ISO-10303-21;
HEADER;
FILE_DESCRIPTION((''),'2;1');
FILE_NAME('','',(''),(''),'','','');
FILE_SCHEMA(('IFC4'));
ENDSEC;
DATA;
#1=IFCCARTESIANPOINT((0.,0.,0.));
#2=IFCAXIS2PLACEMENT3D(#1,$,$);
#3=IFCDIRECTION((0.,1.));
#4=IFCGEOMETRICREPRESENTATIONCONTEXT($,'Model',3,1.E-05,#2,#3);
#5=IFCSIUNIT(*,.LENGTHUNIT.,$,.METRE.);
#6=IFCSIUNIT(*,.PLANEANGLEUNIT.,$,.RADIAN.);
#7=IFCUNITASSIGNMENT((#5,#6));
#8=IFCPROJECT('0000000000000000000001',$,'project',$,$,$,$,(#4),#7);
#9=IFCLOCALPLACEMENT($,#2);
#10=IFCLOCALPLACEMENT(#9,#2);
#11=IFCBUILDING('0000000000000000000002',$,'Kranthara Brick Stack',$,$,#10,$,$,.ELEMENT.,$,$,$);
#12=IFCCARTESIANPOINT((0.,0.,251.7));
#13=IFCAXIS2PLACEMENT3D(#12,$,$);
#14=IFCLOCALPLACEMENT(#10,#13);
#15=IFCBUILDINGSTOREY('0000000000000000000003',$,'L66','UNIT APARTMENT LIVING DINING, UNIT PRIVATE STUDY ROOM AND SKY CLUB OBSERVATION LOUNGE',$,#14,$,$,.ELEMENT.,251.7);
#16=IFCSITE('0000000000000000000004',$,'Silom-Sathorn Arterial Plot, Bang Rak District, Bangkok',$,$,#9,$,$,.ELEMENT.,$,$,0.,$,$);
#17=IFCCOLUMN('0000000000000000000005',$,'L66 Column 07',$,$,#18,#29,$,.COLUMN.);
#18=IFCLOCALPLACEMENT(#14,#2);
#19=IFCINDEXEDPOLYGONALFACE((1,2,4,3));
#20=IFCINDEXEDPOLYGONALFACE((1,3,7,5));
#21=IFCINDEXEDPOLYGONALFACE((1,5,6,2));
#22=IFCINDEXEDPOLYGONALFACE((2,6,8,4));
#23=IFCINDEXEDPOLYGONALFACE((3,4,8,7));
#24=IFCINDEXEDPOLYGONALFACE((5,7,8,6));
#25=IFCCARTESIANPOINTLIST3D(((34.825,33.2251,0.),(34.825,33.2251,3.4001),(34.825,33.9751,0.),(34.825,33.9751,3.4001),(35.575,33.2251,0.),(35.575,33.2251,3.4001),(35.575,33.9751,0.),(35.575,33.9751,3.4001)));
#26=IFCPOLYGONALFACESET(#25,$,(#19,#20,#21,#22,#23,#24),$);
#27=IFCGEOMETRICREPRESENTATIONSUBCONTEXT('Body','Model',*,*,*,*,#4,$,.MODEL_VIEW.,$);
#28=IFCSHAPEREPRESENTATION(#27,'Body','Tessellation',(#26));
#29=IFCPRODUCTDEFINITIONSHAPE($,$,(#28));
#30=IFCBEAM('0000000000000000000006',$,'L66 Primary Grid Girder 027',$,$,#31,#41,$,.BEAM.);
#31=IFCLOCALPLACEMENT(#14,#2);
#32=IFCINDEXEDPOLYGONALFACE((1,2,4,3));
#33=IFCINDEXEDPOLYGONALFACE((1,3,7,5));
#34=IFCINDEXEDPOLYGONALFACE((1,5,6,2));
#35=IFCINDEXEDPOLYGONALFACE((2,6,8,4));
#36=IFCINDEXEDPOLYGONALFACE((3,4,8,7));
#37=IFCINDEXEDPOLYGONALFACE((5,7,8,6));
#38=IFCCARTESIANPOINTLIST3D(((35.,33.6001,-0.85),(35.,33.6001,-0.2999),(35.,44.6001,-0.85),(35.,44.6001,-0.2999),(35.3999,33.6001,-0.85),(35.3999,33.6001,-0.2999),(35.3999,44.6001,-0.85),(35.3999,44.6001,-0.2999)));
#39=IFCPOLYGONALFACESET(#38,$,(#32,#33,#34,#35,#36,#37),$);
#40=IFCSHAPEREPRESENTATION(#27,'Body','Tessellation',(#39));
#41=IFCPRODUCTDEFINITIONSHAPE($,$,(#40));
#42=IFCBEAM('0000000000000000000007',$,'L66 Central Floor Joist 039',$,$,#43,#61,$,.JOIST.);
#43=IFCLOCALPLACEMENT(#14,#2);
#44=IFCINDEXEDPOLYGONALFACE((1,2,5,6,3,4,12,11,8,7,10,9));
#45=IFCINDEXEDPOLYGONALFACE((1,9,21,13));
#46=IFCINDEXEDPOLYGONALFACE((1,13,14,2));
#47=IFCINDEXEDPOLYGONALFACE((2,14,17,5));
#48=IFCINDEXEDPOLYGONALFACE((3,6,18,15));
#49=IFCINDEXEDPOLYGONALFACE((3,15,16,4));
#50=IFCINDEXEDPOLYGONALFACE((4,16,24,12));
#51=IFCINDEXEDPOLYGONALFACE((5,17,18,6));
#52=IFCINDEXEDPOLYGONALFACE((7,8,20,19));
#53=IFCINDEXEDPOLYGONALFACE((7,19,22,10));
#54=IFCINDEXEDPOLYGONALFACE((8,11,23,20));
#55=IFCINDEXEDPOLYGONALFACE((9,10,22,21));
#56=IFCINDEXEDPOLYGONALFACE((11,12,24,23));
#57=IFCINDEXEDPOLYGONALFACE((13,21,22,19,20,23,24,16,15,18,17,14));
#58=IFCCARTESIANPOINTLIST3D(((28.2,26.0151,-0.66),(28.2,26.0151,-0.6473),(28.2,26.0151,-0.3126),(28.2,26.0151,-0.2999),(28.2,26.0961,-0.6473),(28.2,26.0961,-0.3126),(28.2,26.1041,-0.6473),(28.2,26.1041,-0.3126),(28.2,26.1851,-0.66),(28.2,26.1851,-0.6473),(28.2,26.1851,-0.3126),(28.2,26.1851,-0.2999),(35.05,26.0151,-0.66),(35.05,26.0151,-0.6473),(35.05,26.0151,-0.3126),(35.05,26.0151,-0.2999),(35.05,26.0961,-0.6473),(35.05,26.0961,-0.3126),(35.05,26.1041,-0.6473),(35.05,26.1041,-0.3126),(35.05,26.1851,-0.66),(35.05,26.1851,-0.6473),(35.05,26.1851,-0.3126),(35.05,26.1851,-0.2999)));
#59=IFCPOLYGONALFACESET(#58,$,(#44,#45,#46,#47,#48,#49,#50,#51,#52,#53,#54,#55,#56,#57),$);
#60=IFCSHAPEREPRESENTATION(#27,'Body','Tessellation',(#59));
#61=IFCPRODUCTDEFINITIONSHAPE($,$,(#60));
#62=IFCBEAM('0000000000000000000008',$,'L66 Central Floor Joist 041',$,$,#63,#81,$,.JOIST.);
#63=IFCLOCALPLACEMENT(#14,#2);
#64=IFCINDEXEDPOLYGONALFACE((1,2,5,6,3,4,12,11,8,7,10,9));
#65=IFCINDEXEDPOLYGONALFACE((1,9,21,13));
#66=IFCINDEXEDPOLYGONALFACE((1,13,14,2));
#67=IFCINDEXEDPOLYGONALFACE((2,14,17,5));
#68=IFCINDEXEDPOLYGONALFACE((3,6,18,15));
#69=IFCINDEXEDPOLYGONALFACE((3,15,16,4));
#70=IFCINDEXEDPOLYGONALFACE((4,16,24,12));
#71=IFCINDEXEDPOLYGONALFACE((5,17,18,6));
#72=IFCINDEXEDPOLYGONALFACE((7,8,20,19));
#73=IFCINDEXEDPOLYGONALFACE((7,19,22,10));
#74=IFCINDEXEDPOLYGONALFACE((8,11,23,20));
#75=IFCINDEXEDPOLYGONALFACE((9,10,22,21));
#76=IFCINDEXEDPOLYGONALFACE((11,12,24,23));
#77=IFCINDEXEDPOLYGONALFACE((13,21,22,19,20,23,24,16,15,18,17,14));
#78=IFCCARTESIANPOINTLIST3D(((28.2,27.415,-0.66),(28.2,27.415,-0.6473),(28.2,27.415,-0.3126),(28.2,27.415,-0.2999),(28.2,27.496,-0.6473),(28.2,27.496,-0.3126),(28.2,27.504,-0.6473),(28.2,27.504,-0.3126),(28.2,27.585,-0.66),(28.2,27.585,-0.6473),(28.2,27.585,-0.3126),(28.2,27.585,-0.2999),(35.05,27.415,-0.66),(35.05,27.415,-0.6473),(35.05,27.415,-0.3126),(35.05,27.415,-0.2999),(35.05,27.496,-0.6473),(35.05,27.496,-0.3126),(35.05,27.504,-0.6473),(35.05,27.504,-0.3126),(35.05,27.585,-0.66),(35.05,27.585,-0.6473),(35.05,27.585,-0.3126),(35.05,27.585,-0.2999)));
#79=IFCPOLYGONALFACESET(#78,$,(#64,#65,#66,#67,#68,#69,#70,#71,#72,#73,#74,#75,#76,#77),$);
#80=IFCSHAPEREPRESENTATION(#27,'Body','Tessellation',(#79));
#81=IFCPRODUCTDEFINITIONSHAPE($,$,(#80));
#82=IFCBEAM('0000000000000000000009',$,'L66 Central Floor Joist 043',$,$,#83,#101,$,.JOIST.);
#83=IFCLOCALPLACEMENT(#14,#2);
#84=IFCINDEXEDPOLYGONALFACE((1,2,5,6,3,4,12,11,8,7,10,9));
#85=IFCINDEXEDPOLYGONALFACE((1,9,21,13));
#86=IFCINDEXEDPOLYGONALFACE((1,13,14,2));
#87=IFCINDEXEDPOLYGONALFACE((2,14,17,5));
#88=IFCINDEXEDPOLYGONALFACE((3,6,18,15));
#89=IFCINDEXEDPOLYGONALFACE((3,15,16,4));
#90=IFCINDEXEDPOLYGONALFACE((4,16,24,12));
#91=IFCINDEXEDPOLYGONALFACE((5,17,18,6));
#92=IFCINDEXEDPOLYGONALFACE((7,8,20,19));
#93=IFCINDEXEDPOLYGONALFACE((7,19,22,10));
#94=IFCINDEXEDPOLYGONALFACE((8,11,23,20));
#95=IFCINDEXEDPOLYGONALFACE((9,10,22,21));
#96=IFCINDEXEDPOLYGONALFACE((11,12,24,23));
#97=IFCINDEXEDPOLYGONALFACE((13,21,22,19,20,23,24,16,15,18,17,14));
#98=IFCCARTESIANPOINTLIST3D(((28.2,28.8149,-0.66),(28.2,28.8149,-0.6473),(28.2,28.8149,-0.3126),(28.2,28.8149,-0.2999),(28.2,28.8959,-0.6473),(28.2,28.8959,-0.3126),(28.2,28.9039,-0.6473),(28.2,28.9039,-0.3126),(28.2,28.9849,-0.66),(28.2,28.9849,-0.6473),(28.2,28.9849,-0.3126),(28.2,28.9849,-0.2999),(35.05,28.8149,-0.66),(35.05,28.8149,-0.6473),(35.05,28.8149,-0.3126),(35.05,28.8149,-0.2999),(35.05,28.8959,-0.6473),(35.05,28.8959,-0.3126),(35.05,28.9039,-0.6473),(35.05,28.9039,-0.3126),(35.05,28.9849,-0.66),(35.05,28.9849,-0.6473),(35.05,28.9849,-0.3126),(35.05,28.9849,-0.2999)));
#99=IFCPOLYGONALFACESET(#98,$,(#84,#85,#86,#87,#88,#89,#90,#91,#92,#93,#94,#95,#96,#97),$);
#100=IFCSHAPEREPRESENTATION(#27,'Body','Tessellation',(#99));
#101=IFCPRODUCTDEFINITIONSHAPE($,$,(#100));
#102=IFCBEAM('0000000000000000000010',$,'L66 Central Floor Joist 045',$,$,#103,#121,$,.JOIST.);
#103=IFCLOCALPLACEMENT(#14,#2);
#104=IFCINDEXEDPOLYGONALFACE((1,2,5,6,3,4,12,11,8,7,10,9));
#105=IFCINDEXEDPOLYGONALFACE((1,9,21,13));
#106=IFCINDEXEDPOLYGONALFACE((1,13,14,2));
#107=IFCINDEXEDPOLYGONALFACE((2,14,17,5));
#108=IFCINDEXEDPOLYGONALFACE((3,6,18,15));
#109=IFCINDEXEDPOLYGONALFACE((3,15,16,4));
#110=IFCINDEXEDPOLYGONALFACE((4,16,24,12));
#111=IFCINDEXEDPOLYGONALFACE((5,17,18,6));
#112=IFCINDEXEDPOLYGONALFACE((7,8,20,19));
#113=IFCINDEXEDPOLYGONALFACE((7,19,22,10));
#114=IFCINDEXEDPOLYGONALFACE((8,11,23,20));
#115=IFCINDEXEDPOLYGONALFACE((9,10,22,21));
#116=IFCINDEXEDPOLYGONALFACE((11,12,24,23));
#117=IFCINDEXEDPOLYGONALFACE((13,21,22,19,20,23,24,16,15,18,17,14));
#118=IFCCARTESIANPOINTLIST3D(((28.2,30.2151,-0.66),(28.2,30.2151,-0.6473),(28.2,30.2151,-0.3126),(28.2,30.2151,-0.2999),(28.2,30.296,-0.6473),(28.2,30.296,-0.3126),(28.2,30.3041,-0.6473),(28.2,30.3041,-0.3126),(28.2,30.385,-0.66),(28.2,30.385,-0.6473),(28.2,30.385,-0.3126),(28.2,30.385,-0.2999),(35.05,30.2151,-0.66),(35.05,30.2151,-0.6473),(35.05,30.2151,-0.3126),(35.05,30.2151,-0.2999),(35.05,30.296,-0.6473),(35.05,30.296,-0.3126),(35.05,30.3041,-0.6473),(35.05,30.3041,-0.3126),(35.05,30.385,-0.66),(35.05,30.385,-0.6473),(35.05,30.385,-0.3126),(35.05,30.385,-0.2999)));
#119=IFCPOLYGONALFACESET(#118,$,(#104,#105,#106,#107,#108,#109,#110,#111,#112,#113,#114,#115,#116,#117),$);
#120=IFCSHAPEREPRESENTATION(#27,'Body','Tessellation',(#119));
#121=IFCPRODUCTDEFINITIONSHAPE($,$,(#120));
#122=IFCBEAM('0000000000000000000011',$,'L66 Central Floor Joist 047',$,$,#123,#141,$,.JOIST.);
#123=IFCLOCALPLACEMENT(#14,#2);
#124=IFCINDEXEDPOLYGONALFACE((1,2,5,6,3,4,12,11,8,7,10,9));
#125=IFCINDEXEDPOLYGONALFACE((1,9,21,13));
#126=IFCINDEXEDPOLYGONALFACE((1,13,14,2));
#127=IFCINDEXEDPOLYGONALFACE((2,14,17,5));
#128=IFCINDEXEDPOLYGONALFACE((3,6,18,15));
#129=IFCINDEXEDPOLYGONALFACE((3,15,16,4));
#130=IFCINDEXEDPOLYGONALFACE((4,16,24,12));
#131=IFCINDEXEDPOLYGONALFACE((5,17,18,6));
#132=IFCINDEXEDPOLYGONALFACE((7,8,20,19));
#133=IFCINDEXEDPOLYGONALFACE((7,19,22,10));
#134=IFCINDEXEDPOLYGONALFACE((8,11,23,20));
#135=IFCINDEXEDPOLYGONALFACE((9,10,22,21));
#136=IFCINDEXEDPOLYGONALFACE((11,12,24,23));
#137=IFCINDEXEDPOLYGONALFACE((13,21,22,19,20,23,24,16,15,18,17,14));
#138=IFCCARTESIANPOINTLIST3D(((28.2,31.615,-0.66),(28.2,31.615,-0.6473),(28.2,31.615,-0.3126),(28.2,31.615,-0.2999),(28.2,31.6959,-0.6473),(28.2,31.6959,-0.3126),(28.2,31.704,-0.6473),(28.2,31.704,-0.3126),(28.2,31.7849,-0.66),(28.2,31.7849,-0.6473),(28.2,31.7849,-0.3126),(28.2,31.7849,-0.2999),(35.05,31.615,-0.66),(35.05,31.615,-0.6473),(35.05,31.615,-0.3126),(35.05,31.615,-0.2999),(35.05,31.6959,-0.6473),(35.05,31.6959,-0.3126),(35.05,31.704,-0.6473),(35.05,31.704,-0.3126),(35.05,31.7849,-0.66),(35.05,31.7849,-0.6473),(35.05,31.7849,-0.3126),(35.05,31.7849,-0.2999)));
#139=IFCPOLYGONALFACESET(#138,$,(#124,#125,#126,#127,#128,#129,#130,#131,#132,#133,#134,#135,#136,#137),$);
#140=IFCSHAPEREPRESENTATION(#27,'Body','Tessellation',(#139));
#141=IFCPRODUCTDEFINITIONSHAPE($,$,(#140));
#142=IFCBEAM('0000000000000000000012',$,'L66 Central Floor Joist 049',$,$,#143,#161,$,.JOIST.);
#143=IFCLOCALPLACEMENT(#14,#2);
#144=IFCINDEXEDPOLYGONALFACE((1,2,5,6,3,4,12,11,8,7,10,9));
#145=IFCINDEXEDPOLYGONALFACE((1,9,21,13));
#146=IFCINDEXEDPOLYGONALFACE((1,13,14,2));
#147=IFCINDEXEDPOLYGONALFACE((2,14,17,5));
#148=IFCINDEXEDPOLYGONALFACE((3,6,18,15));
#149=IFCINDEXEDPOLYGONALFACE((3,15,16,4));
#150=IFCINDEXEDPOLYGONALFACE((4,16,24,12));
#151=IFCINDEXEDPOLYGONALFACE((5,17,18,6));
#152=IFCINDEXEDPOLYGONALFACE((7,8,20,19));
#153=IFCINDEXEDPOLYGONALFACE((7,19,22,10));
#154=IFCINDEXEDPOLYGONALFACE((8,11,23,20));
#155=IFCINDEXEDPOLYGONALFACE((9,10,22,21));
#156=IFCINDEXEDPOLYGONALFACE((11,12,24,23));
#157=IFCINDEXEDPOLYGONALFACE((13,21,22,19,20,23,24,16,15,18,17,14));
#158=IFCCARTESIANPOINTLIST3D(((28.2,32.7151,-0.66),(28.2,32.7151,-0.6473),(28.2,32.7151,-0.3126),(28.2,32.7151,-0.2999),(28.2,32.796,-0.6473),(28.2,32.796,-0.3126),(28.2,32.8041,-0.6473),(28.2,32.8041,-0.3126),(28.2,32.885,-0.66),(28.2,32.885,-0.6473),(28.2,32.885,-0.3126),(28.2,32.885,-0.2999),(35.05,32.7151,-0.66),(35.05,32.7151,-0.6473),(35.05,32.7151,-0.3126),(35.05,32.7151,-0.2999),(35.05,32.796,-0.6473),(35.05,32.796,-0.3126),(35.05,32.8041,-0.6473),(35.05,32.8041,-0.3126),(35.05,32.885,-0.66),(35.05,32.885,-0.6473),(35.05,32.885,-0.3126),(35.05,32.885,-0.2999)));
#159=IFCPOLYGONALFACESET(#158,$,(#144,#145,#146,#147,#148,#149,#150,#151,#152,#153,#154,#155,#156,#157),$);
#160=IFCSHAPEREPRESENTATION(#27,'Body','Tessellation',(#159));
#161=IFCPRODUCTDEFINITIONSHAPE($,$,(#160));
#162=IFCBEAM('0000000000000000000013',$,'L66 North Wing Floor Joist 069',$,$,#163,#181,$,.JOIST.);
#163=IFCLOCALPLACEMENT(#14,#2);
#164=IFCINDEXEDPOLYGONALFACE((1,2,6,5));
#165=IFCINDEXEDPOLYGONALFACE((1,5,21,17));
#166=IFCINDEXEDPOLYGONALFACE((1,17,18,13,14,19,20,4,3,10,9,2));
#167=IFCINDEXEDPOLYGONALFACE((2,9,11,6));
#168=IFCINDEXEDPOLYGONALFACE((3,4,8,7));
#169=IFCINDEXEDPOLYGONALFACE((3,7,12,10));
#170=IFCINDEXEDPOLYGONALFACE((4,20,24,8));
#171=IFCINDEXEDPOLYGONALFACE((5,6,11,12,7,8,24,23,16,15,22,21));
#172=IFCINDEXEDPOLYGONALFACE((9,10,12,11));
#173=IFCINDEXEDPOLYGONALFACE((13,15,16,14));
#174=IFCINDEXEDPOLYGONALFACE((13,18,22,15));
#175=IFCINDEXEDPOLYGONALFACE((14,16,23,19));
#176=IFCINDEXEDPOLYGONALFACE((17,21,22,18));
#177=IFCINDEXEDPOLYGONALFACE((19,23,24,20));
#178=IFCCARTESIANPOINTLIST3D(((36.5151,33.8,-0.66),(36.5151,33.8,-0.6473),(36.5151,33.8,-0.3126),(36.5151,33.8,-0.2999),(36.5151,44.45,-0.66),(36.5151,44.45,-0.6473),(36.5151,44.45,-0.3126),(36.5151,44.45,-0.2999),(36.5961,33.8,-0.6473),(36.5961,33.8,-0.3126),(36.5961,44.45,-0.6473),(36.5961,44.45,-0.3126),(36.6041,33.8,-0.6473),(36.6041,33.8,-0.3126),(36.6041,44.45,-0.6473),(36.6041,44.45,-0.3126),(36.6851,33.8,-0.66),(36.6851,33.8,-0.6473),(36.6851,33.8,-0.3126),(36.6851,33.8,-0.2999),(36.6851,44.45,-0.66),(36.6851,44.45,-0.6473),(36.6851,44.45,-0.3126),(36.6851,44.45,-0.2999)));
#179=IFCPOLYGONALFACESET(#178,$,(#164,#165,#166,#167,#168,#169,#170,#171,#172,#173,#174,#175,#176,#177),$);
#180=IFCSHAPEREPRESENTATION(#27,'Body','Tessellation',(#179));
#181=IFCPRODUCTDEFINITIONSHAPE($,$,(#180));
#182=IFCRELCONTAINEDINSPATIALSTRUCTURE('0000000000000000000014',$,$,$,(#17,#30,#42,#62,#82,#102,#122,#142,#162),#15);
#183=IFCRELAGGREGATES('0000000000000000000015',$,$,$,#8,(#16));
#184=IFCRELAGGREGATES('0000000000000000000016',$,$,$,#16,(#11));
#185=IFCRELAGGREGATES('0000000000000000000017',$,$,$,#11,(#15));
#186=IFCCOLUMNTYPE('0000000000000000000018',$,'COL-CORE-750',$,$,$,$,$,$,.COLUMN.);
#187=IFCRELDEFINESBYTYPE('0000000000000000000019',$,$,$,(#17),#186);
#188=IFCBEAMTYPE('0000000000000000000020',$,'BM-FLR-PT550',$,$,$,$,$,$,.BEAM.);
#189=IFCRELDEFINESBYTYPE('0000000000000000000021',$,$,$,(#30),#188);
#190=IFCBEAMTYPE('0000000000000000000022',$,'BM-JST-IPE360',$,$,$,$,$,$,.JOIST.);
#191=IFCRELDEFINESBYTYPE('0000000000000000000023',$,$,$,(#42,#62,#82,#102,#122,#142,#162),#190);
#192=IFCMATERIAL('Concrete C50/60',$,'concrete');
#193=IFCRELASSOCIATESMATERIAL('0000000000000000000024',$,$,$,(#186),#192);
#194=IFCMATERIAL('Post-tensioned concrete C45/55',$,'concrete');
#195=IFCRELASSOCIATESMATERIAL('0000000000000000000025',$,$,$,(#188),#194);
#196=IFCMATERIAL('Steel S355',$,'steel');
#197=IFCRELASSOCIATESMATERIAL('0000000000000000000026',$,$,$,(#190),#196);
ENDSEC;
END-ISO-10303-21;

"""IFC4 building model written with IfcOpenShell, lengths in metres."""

from ifc_helpers import new_model, si_unit, direction, frame, origin, origin_2d, place, context, subcontext, project, spatial, rectangle, i_section, extrude, material, material_profile, profile_set, type_object, element, save


model = new_model("IFC4")

# Units and contexts
model_context = context("Model", 3, precision=1e-05, world=origin(), true_north=direction((0.0, 1.0)))
body_context = subcontext(model_context, "Body", "Model", "MODEL_VIEW")
ifc_project = project(units=[si_unit("LENGTHUNIT", "METRE"), si_unit("PLANEANGLEUNIT", "RADIAN")], contexts=[model_context])

# Site, building, storey
site_placement = place(None, origin())
site = spatial("IfcSite", under=ifc_project, at=site_placement, Name="Silom-Sathorn Arterial Plot, Bang Rak District, Bangkok", CompositionType="ELEMENT", RefElevation=0.0)
building_placement = place(site_placement, origin())
building = spatial("IfcBuilding", under=site, at=building_placement, Name="Kranthara Brick Stack", CompositionType="ELEMENT")
storey_placement = place(building_placement, frame((0.0, 0.0, 251.7)))
storey = spatial("IfcBuildingStorey", under=building, at=storey_placement, Name="L66", Description="UNIT APARTMENT LIVING DINING, UNIT PRIVATE STUDY ROOM AND SKY CLUB OBSERVATION LOUNGE", CompositionType="ELEMENT", Elevation=251.7)

# Column
ifc_material_1 = material(Name="Concrete C50/60", Category="concrete")
ifc_material_profile_1 = material_profile(ifc_material_1, rectangle(XDim=0.75, YDim=0.75, at=origin_2d()), Name="RC 750x750")
ifc_profile_set_1 = profile_set([ifc_material_profile_1], Name="Concrete C50/60")
column_type = type_object("IfcColumnType", Name="COL-CORE-750", PredefinedType="COLUMN", material=ifc_profile_set_1)
column_placement = place(storey_placement, frame((35.2, 33.6001, 0.0), z_axis=(0.0, 0.0, 1.0), x_axis=(1.0, 0.0, 0.0)))
element("IfcColumn", 1, at=column_placement, inside=storey, type_object=column_type, Name="L66 Column 07", PredefinedType="COLUMN", context=body_context, shape_type="SweptSolid", body=[
    extrude(rectangle(XDim=0.75, YDim=0.75, at=origin_2d()), origin(), (0.0, 0.0, 1.0), 3.4001),
])

# Beams
ifc_material_2 = material(Name="Post-tensioned concrete C45/55", Category="concrete")
ifc_material_profile_2 = material_profile(ifc_material_2, rectangle(XDim=0.3999, YDim=0.55, at=origin_2d()), Name="PT 400x550")
ifc_profile_set_2 = profile_set([ifc_material_profile_2], Name="Post-tensioned concrete C45/55")
beam_type_1 = type_object("IfcBeamType", Name="BM-FLR-PT550", PredefinedType="BEAM", material=ifc_profile_set_2)
beam_1_placement = place(storey_placement, frame((35.2, 33.6001, -0.575), z_axis=(0.0, 1.0, 0.0), x_axis=(-1.0, 0.0, 0.0)))
element("IfcBeam", 2, at=beam_1_placement, inside=storey, type_object=beam_type_1, Name="L66 Primary Grid Girder 027", PredefinedType="BEAM", context=body_context, shape_type="SweptSolid", body=[
    extrude(rectangle(XDim=0.3999, YDim=0.55, at=origin_2d()), origin(), (0.0, 0.0, 1.0), 11.0),
])
ifc_material_3 = material(Name="Steel S355", Category="steel")
ifc_material_profile_3 = material_profile(ifc_material_3, i_section(OverallWidth=0.1699, OverallDepth=0.3601, WebThickness=0.0081, FlangeThickness=0.0127, at=origin_2d()), Name="IPE 360")
ifc_profile_set_3 = profile_set([ifc_material_profile_3], Name="Steel S355")
beam_type_2 = type_object("IfcBeamType", Name="BM-JST-IPE360", PredefinedType="JOIST", material=ifc_profile_set_3)
for number, where, z_axis, x_axis, name in (
    (3, (28.2, 26.1001, -0.48), (1.0, 0.0, 0.0), (0.0, 1.0, 0.0), "L66 Central Floor Joist 039"),
    (4, (28.2, 27.5, -0.48), (1.0, 0.0, 0.0), (0.0, 1.0, 0.0), "L66 Central Floor Joist 041"),
    (5, (28.2, 28.8999, -0.48), (1.0, 0.0, 0.0), (0.0, 1.0, 0.0), "L66 Central Floor Joist 043"),
    (6, (28.2, 30.3, -0.48), (1.0, 0.0, 0.0), (0.0, 1.0, 0.0), "L66 Central Floor Joist 045"),
    (7, (28.2, 31.7, -0.48), (1.0, 0.0, 0.0), (0.0, 1.0, 0.0), "L66 Central Floor Joist 047"),
    (8, (28.2, 32.8, -0.48), (1.0, 0.0, 0.0), (0.0, 1.0, 0.0), "L66 Central Floor Joist 049"),
):
    element("IfcBeam", number, at=place(storey_placement, frame(where, z_axis=z_axis, x_axis=x_axis)), inside=storey, type_object=beam_type_2, Name=name, PredefinedType="JOIST", context=body_context, shape_type="SweptSolid", body=[
        extrude(i_section(OverallWidth=0.1699, OverallDepth=0.3601, WebThickness=0.0081, FlangeThickness=0.0127, at=origin_2d()), origin(), (0.0, 0.0, 1.0), 6.8501),
    ])
beam_2_placement = place(storey_placement, frame((36.6001, 33.8, -0.48), z_axis=(0.0, 1.0, 0.0), x_axis=(-1.0, 0.0, 0.0)))
element("IfcBeam", 9, at=beam_2_placement, inside=storey, type_object=beam_type_2, Name="L66 North Wing Floor Joist 069", PredefinedType="JOIST", context=body_context, shape_type="SweptSolid", body=[
    extrude(i_section(OverallWidth=0.1699, OverallDepth=0.3601, WebThickness=0.0081, FlangeThickness=0.0127, at=origin_2d()), origin(), (0.0, 0.0, 1.0), 10.6499),
])

save(model, "model.ifc")
